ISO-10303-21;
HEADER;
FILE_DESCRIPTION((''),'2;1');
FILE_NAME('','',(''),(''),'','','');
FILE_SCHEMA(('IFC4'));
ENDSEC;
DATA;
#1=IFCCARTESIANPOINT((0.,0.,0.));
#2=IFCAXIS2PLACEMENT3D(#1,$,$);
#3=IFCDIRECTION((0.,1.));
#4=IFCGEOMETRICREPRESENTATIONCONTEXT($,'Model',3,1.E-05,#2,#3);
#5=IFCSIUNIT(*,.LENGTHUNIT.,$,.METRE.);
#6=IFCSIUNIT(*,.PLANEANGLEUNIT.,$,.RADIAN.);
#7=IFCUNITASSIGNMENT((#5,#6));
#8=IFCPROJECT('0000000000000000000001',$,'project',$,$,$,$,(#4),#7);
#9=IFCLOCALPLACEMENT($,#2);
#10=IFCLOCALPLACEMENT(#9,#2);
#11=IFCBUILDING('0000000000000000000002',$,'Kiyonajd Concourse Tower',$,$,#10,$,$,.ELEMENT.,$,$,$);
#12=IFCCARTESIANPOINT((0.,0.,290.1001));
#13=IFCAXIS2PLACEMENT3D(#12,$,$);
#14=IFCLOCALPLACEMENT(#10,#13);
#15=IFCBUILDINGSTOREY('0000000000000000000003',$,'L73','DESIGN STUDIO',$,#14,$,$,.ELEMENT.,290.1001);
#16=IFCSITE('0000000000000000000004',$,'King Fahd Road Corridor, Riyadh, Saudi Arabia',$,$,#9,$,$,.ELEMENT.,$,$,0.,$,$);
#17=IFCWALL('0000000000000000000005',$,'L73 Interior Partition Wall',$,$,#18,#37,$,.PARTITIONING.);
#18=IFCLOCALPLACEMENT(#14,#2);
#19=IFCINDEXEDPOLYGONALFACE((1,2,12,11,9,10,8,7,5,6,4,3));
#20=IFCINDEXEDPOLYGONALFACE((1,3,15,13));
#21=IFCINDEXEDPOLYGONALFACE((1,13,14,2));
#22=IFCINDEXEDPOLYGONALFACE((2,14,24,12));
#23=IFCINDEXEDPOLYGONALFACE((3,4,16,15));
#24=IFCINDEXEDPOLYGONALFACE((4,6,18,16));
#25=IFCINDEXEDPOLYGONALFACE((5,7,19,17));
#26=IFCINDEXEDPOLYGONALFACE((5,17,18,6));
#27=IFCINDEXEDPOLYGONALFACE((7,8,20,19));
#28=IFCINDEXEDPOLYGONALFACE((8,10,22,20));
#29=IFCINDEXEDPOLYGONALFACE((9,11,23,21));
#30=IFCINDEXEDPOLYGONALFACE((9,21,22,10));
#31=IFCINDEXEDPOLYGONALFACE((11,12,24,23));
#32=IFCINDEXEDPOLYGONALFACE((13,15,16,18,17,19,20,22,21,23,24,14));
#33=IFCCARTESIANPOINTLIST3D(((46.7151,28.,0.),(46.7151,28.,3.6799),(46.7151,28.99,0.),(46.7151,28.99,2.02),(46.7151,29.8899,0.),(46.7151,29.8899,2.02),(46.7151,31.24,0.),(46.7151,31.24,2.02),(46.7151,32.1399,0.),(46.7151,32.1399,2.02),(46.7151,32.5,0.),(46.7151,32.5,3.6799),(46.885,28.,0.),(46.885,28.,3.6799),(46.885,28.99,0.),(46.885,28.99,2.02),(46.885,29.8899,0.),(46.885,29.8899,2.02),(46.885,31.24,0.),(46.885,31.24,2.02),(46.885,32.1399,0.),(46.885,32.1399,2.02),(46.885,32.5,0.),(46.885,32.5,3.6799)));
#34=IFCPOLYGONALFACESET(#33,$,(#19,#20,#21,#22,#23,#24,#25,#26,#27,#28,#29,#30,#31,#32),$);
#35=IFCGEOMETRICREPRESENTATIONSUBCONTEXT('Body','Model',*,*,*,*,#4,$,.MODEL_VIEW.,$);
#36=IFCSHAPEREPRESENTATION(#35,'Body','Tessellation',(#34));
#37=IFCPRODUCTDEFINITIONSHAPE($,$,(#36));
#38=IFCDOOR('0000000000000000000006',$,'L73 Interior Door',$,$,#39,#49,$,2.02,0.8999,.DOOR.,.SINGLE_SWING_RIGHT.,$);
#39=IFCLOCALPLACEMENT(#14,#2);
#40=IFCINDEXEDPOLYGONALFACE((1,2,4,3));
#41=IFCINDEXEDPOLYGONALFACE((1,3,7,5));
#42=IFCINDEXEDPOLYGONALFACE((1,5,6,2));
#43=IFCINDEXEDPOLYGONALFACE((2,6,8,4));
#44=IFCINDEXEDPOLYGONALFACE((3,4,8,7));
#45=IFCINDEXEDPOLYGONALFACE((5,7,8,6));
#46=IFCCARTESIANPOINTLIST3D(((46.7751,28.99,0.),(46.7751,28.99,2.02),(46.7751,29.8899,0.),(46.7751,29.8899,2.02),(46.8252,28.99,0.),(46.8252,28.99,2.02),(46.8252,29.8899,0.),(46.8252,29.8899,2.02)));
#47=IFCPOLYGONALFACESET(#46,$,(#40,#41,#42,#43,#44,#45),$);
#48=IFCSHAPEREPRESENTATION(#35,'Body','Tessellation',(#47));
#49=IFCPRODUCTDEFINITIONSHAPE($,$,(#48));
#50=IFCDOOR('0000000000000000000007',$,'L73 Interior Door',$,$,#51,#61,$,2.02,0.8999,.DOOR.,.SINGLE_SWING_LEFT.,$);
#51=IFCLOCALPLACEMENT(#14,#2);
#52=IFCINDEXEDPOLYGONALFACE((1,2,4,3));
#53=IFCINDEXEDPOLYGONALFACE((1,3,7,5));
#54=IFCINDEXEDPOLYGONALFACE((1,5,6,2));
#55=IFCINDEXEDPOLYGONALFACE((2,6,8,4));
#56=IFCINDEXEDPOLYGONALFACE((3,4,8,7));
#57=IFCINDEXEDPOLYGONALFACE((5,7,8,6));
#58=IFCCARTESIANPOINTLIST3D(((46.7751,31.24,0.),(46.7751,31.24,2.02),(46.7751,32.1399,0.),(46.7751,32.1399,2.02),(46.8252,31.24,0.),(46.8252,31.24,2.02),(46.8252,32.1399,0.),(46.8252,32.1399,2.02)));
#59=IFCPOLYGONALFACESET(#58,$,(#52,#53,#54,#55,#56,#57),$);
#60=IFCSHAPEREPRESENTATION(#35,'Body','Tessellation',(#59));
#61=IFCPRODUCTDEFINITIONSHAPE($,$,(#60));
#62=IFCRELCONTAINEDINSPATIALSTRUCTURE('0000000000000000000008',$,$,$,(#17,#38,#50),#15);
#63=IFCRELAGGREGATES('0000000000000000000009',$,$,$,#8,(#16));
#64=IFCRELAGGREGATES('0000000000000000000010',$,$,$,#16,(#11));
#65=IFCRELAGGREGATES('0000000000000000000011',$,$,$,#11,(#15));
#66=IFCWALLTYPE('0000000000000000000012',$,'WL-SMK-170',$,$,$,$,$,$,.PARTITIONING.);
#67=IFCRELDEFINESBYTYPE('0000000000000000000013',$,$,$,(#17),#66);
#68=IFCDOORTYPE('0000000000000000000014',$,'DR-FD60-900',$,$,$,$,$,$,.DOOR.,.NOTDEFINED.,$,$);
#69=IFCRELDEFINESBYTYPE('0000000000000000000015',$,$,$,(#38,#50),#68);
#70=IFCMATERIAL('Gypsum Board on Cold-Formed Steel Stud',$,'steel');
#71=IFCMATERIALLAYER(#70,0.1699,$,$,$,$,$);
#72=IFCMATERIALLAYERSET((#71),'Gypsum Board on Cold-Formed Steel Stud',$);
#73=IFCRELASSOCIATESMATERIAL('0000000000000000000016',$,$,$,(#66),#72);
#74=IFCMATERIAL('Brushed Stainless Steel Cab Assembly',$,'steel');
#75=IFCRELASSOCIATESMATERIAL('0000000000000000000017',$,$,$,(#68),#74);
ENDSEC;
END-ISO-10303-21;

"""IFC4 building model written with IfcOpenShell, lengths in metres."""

from ifc_helpers import new_model, si_unit, direction, frame, frame_2d, origin, place, context, subcontext, project, spatial, rectangle, extrude, material, layer, layer_set, type_object, element, fill, save


model = new_model("IFC4")

# Units and contexts
model_context = context("Model", 3, precision=1e-05, world=origin(), true_north=direction((0.0, 1.0)))
body_context = subcontext(model_context, "Body", "Model", "MODEL_VIEW")
ifc_project = project(units=[si_unit("LENGTHUNIT", "METRE"), si_unit("PLANEANGLEUNIT", "RADIAN")], contexts=[model_context])

# Site, building, storey
site_placement = place(None, origin())
site = spatial("IfcSite", under=ifc_project, at=site_placement, Name="King Fahd Road Corridor, Riyadh, Saudi Arabia", CompositionType="ELEMENT", RefElevation=0.0)
building_placement = place(site_placement, origin())
building = spatial("IfcBuilding", under=site, at=building_placement, Name="Kiyonajd Concourse Tower", CompositionType="ELEMENT")
storey_placement = place(building_placement, frame((0.0, 0.0, 290.1001)))
storey = spatial("IfcBuildingStorey", under=building, at=storey_placement, Name="L73", Description="DESIGN STUDIO", CompositionType="ELEMENT", Elevation=290.1001)

# Shared definitions
ifc_material_1 = material(Name="Brushed Stainless Steel Cab Assembly", Category="steel")

# Wall, openings, doors
ifc_material_2 = material(Name="Gypsum Board on Cold-Formed Steel Stud", Category="steel")
ifc_layer_1 = layer(ifc_material_2, 0.1699)
ifc_layer_set_1 = layer_set([ifc_layer_1], Name="Gypsum Board on Cold-Formed Steel Stud")
wall_type_1 = type_object("IfcWallType", Name="WL-SMK-170", PredefinedType="PARTITIONING", material=ifc_layer_set_1)
wall_1_placement = place(storey_placement, frame((46.8, 28.0, 0.0), z_axis=(0.0, 0.0, 1.0), x_axis=(0.0, 1.0, 0.0)))
wall_1 = element("IfcWall", 1, at=wall_1_placement, inside=storey, type_object=wall_type_1, Name="L73 Interior Partition Wall", PredefinedType="PARTITIONING", context=body_context, shape_type="SweptSolid", body=[
    extrude(rectangle(XDim=4.5, YDim=0.1699, at=frame_2d((2.25, 0.0))), origin(), (0.0, 0.0, 1.0), 3.6799),
])
opening_1_placement = place(wall_1_placement, frame((0.99, 0.0, 0.0)))
opening_1 = element("IfcOpeningElement", 2, at=opening_1_placement, cuts=wall_1, PredefinedType="OPENING", context=body_context, shape_type="SweptSolid", body=[
    extrude(rectangle(XDim=0.8999, YDim=2.02, at=frame_2d((0.45, 1.01))), frame((0.0, 0.095, 0.0), z_axis=(0.0, -1.0, 0.0), x_axis=(1.0, 0.0, 0.0)), (0.0, 0.0, 1.0), 0.1899),
])
opening_2_placement = place(wall_1_placement, frame((3.24, 0.0, 0.0)))
opening_2 = element("IfcOpeningElement", 3, at=opening_2_placement, cuts=wall_1, PredefinedType="OPENING", context=body_context, shape_type="SweptSolid", body=[
    extrude(rectangle(XDim=0.8999, YDim=2.02, at=frame_2d((0.45, 1.01))), frame((0.0, 0.095, 0.0), z_axis=(0.0, -1.0, 0.0), x_axis=(1.0, 0.0, 0.0)), (0.0, 0.0, 1.0), 0.1899),
])
door_type_1 = type_object("IfcDoorType", Name="DR-FD60-900", OperationType="NOTDEFINED", PredefinedType="DOOR", material=ifc_material_1)
door_1_placement = place(opening_1_placement, origin())
door_1 = element("IfcDoor", 4, at=door_1_placement, inside=storey, type_object=door_type_1, Name="L73 Interior Door", OperationType="SINGLE_SWING_RIGHT", OverallHeight=2.02, OverallWidth=0.8999, PredefinedType="DOOR", context=body_context, shape_type="SweptSolid", body=[
    extrude(rectangle(XDim=0.8999, YDim=2.02, at=frame_2d((0.45, 1.01))), frame((0.0, 0.0249, 0.0), z_axis=(0.0, -1.0, 0.0), x_axis=(1.0, 0.0, 0.0)), (0.0, 0.0, 1.0), 0.05),
])
fill(opening_1, door_1)
door_2_placement = place(opening_2_placement, origin())
door_2 = element("IfcDoor", 5, at=door_2_placement, inside=storey, type_object=door_type_1, Name="L73 Interior Door", OperationType="SINGLE_SWING_LEFT", OverallHeight=2.02, OverallWidth=0.8999, PredefinedType="DOOR", context=body_context, shape_type="SweptSolid", body=[
    extrude(rectangle(XDim=0.8999, YDim=2.02, at=frame_2d((0.45, 1.01))), frame((0.0, 0.0249, 0.0), z_axis=(0.0, -1.0, 0.0), x_axis=(1.0, 0.0, 0.0)), (0.0, 0.0, 1.0), 0.05),
])
fill(opening_2, door_2)

save(model, "model.ifc")
